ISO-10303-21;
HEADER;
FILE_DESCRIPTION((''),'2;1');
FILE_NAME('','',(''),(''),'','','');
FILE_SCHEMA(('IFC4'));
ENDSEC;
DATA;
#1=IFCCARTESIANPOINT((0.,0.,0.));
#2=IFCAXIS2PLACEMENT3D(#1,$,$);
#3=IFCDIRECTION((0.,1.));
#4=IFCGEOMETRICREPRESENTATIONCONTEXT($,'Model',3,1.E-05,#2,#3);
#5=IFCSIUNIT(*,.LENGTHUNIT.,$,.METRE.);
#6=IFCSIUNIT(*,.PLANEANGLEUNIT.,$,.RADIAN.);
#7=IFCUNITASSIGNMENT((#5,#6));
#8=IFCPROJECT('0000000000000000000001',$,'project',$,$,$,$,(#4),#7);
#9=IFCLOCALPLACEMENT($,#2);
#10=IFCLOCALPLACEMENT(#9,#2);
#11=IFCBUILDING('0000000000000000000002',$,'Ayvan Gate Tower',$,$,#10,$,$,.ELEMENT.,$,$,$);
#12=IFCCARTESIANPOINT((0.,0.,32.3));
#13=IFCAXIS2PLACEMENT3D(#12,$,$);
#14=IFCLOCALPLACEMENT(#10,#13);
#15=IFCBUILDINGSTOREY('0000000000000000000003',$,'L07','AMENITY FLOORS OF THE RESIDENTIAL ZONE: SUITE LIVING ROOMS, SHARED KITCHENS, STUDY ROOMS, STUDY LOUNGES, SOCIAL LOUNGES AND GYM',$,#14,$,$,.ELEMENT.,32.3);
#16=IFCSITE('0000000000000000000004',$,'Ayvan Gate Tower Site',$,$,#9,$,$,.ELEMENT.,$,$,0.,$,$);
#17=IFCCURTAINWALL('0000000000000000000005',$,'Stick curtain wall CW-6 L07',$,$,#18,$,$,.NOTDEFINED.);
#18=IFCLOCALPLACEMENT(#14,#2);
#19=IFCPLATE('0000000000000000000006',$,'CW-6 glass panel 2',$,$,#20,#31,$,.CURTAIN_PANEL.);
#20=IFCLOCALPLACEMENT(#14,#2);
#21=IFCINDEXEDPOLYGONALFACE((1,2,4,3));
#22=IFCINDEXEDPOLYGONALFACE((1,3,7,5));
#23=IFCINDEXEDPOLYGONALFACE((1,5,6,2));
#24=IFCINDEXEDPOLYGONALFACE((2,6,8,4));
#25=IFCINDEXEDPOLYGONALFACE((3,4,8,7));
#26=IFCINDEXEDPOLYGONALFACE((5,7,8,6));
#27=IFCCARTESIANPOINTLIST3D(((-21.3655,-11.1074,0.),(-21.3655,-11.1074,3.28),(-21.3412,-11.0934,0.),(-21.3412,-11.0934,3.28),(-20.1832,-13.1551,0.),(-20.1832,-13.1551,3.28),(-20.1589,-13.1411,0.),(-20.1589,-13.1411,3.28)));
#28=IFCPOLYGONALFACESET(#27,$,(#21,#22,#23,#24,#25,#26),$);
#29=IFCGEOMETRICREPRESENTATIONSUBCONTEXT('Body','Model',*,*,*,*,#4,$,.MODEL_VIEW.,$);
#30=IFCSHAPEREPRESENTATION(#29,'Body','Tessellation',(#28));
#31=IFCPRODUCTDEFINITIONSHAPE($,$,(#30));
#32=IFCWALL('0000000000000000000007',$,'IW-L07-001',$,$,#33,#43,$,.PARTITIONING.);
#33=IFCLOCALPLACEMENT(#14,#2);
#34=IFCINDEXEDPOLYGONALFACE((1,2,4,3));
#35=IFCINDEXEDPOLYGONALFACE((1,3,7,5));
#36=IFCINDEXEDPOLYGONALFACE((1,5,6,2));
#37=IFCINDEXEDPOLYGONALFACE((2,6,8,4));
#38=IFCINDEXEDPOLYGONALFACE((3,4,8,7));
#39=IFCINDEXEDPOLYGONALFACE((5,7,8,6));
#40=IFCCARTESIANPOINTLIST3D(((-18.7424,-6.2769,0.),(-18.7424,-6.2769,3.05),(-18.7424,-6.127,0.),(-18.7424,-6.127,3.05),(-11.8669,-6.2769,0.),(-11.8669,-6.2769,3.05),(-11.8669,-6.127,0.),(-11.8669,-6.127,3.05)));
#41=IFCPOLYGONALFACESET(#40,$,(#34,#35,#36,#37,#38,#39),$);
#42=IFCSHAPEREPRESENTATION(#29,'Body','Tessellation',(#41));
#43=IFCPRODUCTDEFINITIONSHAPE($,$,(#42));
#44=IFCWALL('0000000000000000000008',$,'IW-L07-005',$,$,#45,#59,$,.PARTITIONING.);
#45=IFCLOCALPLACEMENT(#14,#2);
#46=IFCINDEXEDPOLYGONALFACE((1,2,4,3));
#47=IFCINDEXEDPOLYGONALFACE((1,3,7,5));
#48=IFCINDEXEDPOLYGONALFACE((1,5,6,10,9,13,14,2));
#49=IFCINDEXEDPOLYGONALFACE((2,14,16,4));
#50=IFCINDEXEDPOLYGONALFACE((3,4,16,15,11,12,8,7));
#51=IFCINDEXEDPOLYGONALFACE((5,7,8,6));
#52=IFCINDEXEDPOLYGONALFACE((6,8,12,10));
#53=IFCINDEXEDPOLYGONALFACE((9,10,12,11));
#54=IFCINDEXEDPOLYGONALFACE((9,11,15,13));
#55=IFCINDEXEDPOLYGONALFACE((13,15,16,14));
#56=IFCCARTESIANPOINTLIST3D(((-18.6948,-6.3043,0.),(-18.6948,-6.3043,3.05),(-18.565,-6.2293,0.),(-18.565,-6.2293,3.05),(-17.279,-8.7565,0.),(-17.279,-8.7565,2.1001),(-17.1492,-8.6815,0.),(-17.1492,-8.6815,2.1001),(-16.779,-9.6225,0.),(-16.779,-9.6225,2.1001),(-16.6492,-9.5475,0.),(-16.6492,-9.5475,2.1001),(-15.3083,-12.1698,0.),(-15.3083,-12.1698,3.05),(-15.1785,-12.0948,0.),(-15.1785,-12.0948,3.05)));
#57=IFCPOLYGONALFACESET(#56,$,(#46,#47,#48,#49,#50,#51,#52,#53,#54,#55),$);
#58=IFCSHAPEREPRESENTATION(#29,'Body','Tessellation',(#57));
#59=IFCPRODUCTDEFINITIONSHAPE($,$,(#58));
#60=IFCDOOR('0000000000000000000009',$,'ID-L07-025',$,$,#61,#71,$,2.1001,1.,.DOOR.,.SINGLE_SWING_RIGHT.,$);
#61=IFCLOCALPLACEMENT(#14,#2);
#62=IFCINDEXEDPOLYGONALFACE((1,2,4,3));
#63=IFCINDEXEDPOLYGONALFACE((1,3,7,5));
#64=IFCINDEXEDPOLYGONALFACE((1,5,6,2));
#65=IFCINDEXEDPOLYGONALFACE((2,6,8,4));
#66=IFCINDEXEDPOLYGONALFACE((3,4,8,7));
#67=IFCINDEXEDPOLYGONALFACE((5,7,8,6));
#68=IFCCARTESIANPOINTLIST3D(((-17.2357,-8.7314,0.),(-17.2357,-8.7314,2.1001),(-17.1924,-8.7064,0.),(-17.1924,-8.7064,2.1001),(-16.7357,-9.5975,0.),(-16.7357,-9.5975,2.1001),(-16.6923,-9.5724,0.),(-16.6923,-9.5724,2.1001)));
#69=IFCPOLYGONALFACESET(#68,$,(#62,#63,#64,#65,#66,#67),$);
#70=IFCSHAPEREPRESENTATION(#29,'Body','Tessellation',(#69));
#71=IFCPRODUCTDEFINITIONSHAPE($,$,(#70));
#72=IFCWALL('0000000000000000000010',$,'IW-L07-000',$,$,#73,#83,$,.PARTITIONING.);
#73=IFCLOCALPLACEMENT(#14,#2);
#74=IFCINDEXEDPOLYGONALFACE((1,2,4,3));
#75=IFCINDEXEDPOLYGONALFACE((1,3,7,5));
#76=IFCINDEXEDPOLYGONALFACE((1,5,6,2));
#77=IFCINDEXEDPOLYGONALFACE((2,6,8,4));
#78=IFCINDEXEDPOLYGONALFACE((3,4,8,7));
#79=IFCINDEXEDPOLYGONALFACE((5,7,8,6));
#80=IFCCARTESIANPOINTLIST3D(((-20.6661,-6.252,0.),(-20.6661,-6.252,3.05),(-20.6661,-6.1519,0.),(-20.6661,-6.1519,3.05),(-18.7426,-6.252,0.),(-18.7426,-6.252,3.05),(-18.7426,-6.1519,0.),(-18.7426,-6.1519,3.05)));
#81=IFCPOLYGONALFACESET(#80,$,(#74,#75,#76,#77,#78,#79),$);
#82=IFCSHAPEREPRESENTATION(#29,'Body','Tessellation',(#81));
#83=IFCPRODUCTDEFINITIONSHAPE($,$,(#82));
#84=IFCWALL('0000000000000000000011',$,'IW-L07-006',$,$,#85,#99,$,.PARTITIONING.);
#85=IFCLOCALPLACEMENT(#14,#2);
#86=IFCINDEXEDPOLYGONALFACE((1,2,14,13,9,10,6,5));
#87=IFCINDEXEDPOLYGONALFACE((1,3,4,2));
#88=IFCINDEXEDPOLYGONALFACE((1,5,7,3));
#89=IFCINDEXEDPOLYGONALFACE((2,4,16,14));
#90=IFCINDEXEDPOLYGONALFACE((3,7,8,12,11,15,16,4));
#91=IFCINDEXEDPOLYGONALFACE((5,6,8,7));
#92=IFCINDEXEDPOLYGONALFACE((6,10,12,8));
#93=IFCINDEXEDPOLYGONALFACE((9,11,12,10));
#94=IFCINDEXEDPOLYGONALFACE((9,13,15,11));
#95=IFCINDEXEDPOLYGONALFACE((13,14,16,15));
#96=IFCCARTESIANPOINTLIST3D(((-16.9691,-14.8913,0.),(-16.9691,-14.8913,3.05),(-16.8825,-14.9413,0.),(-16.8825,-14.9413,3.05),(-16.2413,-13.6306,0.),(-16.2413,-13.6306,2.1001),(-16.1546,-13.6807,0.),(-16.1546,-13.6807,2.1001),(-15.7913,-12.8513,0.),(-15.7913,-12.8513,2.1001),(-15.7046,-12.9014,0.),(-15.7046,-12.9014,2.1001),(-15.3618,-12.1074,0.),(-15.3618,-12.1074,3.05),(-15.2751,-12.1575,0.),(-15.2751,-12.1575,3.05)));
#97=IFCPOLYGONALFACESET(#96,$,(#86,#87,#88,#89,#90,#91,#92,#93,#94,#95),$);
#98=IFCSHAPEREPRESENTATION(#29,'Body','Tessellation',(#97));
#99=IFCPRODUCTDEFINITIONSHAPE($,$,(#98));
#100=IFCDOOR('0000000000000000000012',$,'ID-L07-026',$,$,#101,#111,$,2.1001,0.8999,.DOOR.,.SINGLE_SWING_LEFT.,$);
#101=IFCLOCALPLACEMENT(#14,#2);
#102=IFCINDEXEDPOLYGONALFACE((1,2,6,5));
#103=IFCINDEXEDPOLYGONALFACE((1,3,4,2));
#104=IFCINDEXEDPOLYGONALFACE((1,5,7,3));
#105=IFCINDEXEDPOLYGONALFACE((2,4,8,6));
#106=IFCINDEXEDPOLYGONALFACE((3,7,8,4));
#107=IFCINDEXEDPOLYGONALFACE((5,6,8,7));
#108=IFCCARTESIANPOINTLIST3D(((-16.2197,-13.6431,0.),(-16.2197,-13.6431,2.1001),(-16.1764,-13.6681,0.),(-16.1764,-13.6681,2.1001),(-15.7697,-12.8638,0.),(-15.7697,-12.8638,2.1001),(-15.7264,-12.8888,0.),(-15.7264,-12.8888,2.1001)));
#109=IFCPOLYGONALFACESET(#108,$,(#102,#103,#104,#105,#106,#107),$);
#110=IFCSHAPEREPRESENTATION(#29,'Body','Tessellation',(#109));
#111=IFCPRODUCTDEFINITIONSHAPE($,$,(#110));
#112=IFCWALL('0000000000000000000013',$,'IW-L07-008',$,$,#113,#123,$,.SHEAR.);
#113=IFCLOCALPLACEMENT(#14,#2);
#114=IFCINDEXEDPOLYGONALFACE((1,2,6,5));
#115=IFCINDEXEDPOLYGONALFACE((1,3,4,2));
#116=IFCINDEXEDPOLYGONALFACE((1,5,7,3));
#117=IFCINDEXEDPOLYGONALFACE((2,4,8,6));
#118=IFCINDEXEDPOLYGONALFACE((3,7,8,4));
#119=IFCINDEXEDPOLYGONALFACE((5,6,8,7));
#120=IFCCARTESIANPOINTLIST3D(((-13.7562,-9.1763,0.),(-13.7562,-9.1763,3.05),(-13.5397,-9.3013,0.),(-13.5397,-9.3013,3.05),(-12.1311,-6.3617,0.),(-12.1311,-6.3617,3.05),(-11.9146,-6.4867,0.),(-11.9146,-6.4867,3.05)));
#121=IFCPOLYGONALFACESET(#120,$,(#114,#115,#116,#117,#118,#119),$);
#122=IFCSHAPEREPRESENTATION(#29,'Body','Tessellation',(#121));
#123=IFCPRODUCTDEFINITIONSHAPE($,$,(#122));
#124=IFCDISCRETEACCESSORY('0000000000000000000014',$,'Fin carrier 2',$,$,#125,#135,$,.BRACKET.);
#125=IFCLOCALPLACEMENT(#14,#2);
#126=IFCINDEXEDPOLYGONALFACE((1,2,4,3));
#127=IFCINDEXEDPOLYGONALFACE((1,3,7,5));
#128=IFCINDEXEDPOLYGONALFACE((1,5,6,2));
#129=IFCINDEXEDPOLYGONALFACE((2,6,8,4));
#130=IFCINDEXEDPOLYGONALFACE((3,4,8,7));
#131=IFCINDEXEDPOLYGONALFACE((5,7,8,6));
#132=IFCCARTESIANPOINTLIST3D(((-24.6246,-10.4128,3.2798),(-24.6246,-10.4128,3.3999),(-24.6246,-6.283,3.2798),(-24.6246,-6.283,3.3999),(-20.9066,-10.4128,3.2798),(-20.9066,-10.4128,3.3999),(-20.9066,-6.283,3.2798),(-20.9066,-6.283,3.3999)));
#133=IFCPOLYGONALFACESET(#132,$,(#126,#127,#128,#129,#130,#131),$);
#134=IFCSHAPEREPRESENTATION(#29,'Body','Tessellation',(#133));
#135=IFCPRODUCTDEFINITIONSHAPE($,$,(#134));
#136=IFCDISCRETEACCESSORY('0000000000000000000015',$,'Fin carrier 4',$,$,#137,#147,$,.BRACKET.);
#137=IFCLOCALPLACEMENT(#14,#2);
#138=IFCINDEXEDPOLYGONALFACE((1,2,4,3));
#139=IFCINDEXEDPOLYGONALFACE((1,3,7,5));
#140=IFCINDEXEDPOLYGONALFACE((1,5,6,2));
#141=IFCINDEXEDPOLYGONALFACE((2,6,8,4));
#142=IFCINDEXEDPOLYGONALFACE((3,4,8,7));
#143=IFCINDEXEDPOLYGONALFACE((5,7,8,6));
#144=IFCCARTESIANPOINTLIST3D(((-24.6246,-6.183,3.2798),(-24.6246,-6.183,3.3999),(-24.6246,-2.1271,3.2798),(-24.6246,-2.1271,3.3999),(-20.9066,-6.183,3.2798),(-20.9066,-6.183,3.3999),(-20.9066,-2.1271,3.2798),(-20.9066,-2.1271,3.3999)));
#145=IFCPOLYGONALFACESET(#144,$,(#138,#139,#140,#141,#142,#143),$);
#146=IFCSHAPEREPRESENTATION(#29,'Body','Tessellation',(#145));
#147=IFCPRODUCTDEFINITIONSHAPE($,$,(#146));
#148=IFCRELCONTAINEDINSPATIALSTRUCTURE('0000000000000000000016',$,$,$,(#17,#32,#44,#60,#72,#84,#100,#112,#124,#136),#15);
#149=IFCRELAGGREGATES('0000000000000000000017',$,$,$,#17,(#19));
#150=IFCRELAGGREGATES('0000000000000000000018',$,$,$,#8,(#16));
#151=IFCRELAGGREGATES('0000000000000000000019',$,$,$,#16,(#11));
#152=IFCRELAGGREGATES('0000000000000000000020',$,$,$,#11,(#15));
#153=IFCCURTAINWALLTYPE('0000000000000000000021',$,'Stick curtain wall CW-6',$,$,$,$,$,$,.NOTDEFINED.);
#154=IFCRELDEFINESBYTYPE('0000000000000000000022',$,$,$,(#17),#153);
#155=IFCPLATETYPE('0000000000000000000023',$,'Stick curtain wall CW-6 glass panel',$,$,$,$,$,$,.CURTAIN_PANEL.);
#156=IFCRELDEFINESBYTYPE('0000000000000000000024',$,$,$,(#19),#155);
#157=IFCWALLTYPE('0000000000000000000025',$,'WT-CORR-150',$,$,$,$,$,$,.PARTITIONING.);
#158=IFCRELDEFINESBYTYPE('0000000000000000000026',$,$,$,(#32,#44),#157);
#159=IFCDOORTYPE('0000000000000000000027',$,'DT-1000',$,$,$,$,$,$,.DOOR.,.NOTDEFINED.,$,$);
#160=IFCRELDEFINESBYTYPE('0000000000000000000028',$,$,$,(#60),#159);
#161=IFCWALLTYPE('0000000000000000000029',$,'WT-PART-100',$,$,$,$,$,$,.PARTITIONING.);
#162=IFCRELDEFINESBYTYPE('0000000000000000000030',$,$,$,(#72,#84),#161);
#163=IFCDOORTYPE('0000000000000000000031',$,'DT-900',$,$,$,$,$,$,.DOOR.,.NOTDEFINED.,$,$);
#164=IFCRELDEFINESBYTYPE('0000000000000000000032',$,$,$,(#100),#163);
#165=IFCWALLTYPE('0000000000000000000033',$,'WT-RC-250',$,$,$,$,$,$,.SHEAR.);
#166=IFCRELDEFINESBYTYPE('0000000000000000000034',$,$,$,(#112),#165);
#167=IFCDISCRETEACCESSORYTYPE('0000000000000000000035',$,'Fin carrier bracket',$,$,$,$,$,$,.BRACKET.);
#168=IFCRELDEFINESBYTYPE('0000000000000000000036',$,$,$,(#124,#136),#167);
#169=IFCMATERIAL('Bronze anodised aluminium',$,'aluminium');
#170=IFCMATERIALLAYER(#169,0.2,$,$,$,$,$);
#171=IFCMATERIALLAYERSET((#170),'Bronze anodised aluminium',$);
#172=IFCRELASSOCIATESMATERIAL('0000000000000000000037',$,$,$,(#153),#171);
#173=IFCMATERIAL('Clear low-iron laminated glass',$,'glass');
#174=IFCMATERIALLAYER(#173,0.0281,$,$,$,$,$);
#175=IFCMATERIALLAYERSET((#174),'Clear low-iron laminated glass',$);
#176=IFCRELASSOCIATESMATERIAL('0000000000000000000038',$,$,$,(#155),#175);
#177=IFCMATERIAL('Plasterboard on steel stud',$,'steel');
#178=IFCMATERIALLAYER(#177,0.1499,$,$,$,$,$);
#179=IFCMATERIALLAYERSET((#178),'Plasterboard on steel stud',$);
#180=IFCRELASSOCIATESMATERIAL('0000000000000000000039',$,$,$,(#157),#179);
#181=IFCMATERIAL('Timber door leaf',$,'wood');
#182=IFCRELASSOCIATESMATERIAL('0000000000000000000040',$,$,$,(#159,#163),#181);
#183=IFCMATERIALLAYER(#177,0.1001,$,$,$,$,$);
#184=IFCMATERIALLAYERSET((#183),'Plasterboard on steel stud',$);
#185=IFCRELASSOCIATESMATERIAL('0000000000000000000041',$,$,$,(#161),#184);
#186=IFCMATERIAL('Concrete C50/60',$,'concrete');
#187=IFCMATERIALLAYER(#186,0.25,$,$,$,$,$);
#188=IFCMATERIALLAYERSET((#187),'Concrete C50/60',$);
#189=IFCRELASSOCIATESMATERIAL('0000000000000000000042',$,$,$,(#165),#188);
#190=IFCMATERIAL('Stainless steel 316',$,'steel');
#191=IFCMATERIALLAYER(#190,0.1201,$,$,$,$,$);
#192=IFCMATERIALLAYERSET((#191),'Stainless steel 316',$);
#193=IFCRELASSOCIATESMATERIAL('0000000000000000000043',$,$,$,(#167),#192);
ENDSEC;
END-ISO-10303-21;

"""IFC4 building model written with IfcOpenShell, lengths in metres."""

from ifc_helpers import new_model, si_unit, direction, frame, frame_2d, origin, origin_2d, place, context, subcontext, project, spatial, rectangle, extrude, material, layer, layer_set, type_object, element, fill, aggregate, save


model = new_model("IFC4")

# Units and contexts
model_context = context("Model", 3, precision=1e-05, world=origin(), true_north=direction((0.0, 1.0)))
body_context = subcontext(model_context, "Body", "Model", "MODEL_VIEW")
ifc_project = project(units=[si_unit("LENGTHUNIT", "METRE"), si_unit("PLANEANGLEUNIT", "RADIAN")], contexts=[model_context])

# Site, building, storey
site_placement = place(None, origin())
site = spatial("IfcSite", under=ifc_project, at=site_placement, Name="Ayvan Gate Tower Site", CompositionType="ELEMENT", RefElevation=0.0)
building_placement = place(site_placement, origin())
building = spatial("IfcBuilding", under=site, at=building_placement, Name="Ayvan Gate Tower", CompositionType="ELEMENT")
storey_placement = place(building_placement, frame((0.0, 0.0, 32.3)))
storey = spatial("IfcBuildingStorey", under=building, at=storey_placement, Name="L07", Description="AMENITY FLOORS OF THE RESIDENTIAL ZONE: SUITE LIVING ROOMS, SHARED KITCHENS, STUDY ROOMS, STUDY LOUNGES, SOCIAL LOUNGES AND GYM", CompositionType="ELEMENT", Elevation=32.3)

# Curtain wall
ifc_material_1 = material(Name="Bronze anodised aluminium", Category="aluminium")
ifc_layer_1 = layer(ifc_material_1, 0.2)
ifc_layer_set_1 = layer_set([ifc_layer_1], Name="Bronze anodised aluminium")
curtain_wall_type_1 = type_object("IfcCurtainWallType", Name="Stick curtain wall CW-6", PredefinedType="NOTDEFINED", material=ifc_layer_set_1)
curtain_wall_1_placement = place(storey_placement, origin())
curtain_wall_1 = element("IfcCurtainWall", 1, at=curtain_wall_1_placement, inside=storey, type_object=curtain_wall_type_1, Name="Stick curtain wall CW-6 L07", PredefinedType="NOTDEFINED")

# Plate
ifc_material_2 = material(Name="Clear low-iron laminated glass", Category="glass")
ifc_layer_2 = layer(ifc_material_2, 0.0281)
ifc_layer_set_2 = layer_set([ifc_layer_2], Name="Clear low-iron laminated glass")
plate_type_1 = type_object("IfcPlateType", Name="Stick curtain wall CW-6 glass panel", PredefinedType="CURTAIN_PANEL", material=ifc_layer_set_2)
plate_1_placement = place(storey_placement, frame((-20.7622, -12.1243, 0.0), z_axis=(0.0, 0.0, 1.0), x_axis=(0.5, -0.866025, 0.0)))
plate_1 = element("IfcPlate", 2, at=plate_1_placement, type_object=plate_type_1, Name="CW-6 glass panel 2", PredefinedType="CURTAIN_PANEL", context=body_context, shape_type="SweptSolid", body=[
    extrude(rectangle(XDim=2.3645, YDim=0.0281, at=origin_2d()), origin(), (0.0, 0.0, 1.0), 3.28),
])
aggregate(curtain_wall_1, [plate_1])

# Wall
ifc_material_3 = material(Name="Plasterboard on steel stud", Category="steel")
ifc_layer_3 = layer(ifc_material_3, 0.1499)
ifc_layer_set_3 = layer_set([ifc_layer_3], Name="Plasterboard on steel stud")
wall_type_1 = type_object("IfcWallType", Name="WT-CORR-150", PredefinedType="PARTITIONING", material=ifc_layer_set_3)
wall_1_placement = place(storey_placement, frame((-18.7424, -6.2019, 0.0), z_axis=(0.0, 0.0, 1.0), x_axis=(1.0, 0.0, 0.0)))
element("IfcWall", 3, at=wall_1_placement, inside=storey, type_object=wall_type_1, Name="IW-L07-001", PredefinedType="PARTITIONING", context=body_context, shape_type="SweptSolid", body=[
    extrude(rectangle(XDim=6.8755, YDim=0.1499, at=frame_2d((3.4377, 0.0))), origin(), (0.0, 0.0, 1.0), 3.05),
])

# Wall, opening, door
wall_2_placement = place(storey_placement, frame((-15.2434, -12.1323, 0.0), z_axis=(0.0, 0.0, 1.0), x_axis=(-0.500004, 0.866023, 0.0)))
wall_2 = element("IfcWall", 4, at=wall_2_placement, inside=storey, type_object=wall_type_1, Name="IW-L07-005", PredefinedType="PARTITIONING", context=body_context, shape_type="SweptSolid", body=[
    extrude(rectangle(XDim=6.7729, YDim=0.1499, at=frame_2d((3.3865, 0.0))), origin(), (0.0, 0.0, 1.0), 3.05),
])
opening_1_placement = place(wall_2_placement, frame((2.9414, 0.0, 0.0)))
opening_1 = element("IfcOpeningElement", 5, at=opening_1_placement, cuts=wall_2, PredefinedType="OPENING", context=body_context, shape_type="SweptSolid", body=[
    extrude(rectangle(XDim=1.0, YDim=2.1001, at=frame_2d((0.5, 1.05))), frame((0.0, 0.085, 0.0), z_axis=(0.0, -1.0, 0.0), x_axis=(1.0, 0.0, 0.0)), (0.0, 0.0, 1.0), 0.1699),
])
ifc_material_4 = material(Name="Timber door leaf", Category="wood")
door_type_1 = type_object("IfcDoorType", Name="DT-1000", OperationType="NOTDEFINED", PredefinedType="DOOR", material=ifc_material_4)
door_1_placement = place(opening_1_placement, origin())
door_1 = element("IfcDoor", 6, at=door_1_placement, inside=storey, type_object=door_type_1, Name="ID-L07-025", OperationType="SINGLE_SWING_RIGHT", OverallHeight=2.1001, OverallWidth=1.0, PredefinedType="DOOR", context=body_context, shape_type="SweptSolid", body=[
    extrude(rectangle(XDim=1.0, YDim=2.1001, at=frame_2d((0.5, 1.05))), frame((0.0, 0.0249, 0.0), z_axis=(0.0, -1.0, 0.0), x_axis=(1.0, 0.0, 0.0)), (0.0, 0.0, 1.0), 0.05),
])
fill(opening_1, door_1)

# Wall
ifc_layer_4 = layer(ifc_material_3, 0.1001)
ifc_layer_set_4 = layer_set([ifc_layer_4], Name="Plasterboard on steel stud")
wall_type_2 = type_object("IfcWallType", Name="WT-PART-100", PredefinedType="PARTITIONING", material=ifc_layer_set_4)
wall_3_placement = place(storey_placement, frame((-18.7424, -6.2019, 0.0), z_axis=(0.0, 0.0, 1.0), x_axis=(-1.0, 0.0, 0.0)))
element("IfcWall", 7, at=wall_3_placement, inside=storey, type_object=wall_type_2, Name="IW-L07-000", PredefinedType="PARTITIONING", context=body_context, shape_type="SweptSolid", body=[
    extrude(rectangle(XDim=1.9236, YDim=0.1001, at=frame_2d((0.9619, 0.0))), origin(), (0.0, 0.0, 1.0), 3.05),
])

# Wall, opening, door
wall_4_placement = place(storey_placement, frame((-15.3184, -12.1323, 0.0), z_axis=(0.0, 0.0, 1.0), x_axis=(-0.500027, -0.86601, 0.0)))
wall_4 = element("IfcWall", 8, at=wall_4_placement, inside=storey, type_object=wall_type_2, Name="IW-L07-006", PredefinedType="PARTITIONING", context=body_context, shape_type="SweptSolid", body=[
    extrude(rectangle(XDim=3.2146, YDim=0.1001, at=frame_2d((1.6074, 0.0))), origin(), (0.0, 0.0, 1.0), 3.05),
])
opening_2_placement = place(wall_4_placement, frame((0.8591, 0.0, 0.0)))
opening_2 = element("IfcOpeningElement", 9, at=opening_2_placement, cuts=wall_4, PredefinedType="OPENING", context=body_context, shape_type="SweptSolid", body=[
    extrude(rectangle(XDim=0.8999, YDim=2.1001, at=frame_2d((0.45, 1.05))), frame((0.0, 0.0601, 0.0), z_axis=(0.0, -1.0, 0.0), x_axis=(1.0, 0.0, 0.0)), (0.0, 0.0, 1.0), 0.1201),
])
door_type_2 = type_object("IfcDoorType", Name="DT-900", OperationType="NOTDEFINED", PredefinedType="DOOR", material=ifc_material_4)
door_2_placement = place(opening_2_placement, origin())
door_2 = element("IfcDoor", 10, at=door_2_placement, inside=storey, type_object=door_type_2, Name="ID-L07-026", OperationType="SINGLE_SWING_LEFT", OverallHeight=2.1001, OverallWidth=0.8999, PredefinedType="DOOR", context=body_context, shape_type="SweptSolid", body=[
    extrude(rectangle(XDim=0.8999, YDim=2.1001, at=frame_2d((0.45, 1.05))), frame((0.0, 0.0249, 0.0), z_axis=(0.0, -1.0, 0.0), x_axis=(1.0, 0.0, 0.0)), (0.0, 0.0, 1.0), 0.05),
])
fill(opening_2, door_2)

# Wall
ifc_material_5 = material(Name="Concrete C50/60", Category="concrete")
ifc_layer_5 = layer(ifc_material_5, 0.25)
ifc_layer_set_5 = layer_set([ifc_layer_5], Name="Concrete C50/60")
wall_type_3 = type_object("IfcWallType", Name="WT-RC-250", PredefinedType="SHEAR", material=ifc_layer_set_5)
wall_5_placement = place(storey_placement, frame((-13.6479, -9.2388, 0.0), z_axis=(0.0, 0.0, 1.0), x_axis=(0.500017, 0.866015, 0.0)))
element("IfcWall", 11, at=wall_5_placement, inside=storey, type_object=wall_type_3, Name="IW-L07-008", PredefinedType="SHEAR", context=body_context, shape_type="SweptSolid", body=[
    extrude(rectangle(XDim=3.25, YDim=0.25, at=frame_2d((1.625, 0.0))), origin(), (0.0, 0.0, 1.0), 3.05),
])

# Discrete accessories
ifc_material_6 = material(Name="Stainless steel 316", Category="steel")
ifc_layer_6 = layer(ifc_material_6, 0.1201)
ifc_layer_set_6 = layer_set([ifc_layer_6], Name="Stainless steel 316")
discrete_accessory_type = type_object("IfcDiscreteAccessoryType", Name="Fin carrier bracket", PredefinedType="BRACKET", material=ifc_layer_set_6)
discrete_accessory_1_placement = place(storey_placement, frame((-22.7656, -8.3479, 3.2798), z_axis=(0.0, 0.0, 1.0), x_axis=(0.0, -1.0, 0.0)))
element("IfcDiscreteAccessory", 12, at=discrete_accessory_1_placement, inside=storey, type_object=discrete_accessory_type, Name="Fin carrier 2", PredefinedType="BRACKET", context=body_context, shape_type="SweptSolid", body=[
    extrude(rectangle(XDim=4.1299, YDim=3.718, at=origin_2d()), origin(), (0.0, 0.0, 1.0), 0.1201),
])
discrete_accessory_2_placement = place(storey_placement, frame((-22.7656, -4.155, 3.2798), z_axis=(0.0, 0.0, 1.0), x_axis=(0.0, -1.0, 0.0)))
element("IfcDiscreteAccessory", 13, at=discrete_accessory_2_placement, inside=storey, type_object=discrete_accessory_type, Name="Fin carrier 4", PredefinedType="BRACKET", context=body_context, shape_type="SweptSolid", body=[
    extrude(rectangle(XDim=4.0559, YDim=3.718, at=origin_2d()), origin(), (0.0, 0.0, 1.0), 0.1201),
])

save(model, "model.ifc")
